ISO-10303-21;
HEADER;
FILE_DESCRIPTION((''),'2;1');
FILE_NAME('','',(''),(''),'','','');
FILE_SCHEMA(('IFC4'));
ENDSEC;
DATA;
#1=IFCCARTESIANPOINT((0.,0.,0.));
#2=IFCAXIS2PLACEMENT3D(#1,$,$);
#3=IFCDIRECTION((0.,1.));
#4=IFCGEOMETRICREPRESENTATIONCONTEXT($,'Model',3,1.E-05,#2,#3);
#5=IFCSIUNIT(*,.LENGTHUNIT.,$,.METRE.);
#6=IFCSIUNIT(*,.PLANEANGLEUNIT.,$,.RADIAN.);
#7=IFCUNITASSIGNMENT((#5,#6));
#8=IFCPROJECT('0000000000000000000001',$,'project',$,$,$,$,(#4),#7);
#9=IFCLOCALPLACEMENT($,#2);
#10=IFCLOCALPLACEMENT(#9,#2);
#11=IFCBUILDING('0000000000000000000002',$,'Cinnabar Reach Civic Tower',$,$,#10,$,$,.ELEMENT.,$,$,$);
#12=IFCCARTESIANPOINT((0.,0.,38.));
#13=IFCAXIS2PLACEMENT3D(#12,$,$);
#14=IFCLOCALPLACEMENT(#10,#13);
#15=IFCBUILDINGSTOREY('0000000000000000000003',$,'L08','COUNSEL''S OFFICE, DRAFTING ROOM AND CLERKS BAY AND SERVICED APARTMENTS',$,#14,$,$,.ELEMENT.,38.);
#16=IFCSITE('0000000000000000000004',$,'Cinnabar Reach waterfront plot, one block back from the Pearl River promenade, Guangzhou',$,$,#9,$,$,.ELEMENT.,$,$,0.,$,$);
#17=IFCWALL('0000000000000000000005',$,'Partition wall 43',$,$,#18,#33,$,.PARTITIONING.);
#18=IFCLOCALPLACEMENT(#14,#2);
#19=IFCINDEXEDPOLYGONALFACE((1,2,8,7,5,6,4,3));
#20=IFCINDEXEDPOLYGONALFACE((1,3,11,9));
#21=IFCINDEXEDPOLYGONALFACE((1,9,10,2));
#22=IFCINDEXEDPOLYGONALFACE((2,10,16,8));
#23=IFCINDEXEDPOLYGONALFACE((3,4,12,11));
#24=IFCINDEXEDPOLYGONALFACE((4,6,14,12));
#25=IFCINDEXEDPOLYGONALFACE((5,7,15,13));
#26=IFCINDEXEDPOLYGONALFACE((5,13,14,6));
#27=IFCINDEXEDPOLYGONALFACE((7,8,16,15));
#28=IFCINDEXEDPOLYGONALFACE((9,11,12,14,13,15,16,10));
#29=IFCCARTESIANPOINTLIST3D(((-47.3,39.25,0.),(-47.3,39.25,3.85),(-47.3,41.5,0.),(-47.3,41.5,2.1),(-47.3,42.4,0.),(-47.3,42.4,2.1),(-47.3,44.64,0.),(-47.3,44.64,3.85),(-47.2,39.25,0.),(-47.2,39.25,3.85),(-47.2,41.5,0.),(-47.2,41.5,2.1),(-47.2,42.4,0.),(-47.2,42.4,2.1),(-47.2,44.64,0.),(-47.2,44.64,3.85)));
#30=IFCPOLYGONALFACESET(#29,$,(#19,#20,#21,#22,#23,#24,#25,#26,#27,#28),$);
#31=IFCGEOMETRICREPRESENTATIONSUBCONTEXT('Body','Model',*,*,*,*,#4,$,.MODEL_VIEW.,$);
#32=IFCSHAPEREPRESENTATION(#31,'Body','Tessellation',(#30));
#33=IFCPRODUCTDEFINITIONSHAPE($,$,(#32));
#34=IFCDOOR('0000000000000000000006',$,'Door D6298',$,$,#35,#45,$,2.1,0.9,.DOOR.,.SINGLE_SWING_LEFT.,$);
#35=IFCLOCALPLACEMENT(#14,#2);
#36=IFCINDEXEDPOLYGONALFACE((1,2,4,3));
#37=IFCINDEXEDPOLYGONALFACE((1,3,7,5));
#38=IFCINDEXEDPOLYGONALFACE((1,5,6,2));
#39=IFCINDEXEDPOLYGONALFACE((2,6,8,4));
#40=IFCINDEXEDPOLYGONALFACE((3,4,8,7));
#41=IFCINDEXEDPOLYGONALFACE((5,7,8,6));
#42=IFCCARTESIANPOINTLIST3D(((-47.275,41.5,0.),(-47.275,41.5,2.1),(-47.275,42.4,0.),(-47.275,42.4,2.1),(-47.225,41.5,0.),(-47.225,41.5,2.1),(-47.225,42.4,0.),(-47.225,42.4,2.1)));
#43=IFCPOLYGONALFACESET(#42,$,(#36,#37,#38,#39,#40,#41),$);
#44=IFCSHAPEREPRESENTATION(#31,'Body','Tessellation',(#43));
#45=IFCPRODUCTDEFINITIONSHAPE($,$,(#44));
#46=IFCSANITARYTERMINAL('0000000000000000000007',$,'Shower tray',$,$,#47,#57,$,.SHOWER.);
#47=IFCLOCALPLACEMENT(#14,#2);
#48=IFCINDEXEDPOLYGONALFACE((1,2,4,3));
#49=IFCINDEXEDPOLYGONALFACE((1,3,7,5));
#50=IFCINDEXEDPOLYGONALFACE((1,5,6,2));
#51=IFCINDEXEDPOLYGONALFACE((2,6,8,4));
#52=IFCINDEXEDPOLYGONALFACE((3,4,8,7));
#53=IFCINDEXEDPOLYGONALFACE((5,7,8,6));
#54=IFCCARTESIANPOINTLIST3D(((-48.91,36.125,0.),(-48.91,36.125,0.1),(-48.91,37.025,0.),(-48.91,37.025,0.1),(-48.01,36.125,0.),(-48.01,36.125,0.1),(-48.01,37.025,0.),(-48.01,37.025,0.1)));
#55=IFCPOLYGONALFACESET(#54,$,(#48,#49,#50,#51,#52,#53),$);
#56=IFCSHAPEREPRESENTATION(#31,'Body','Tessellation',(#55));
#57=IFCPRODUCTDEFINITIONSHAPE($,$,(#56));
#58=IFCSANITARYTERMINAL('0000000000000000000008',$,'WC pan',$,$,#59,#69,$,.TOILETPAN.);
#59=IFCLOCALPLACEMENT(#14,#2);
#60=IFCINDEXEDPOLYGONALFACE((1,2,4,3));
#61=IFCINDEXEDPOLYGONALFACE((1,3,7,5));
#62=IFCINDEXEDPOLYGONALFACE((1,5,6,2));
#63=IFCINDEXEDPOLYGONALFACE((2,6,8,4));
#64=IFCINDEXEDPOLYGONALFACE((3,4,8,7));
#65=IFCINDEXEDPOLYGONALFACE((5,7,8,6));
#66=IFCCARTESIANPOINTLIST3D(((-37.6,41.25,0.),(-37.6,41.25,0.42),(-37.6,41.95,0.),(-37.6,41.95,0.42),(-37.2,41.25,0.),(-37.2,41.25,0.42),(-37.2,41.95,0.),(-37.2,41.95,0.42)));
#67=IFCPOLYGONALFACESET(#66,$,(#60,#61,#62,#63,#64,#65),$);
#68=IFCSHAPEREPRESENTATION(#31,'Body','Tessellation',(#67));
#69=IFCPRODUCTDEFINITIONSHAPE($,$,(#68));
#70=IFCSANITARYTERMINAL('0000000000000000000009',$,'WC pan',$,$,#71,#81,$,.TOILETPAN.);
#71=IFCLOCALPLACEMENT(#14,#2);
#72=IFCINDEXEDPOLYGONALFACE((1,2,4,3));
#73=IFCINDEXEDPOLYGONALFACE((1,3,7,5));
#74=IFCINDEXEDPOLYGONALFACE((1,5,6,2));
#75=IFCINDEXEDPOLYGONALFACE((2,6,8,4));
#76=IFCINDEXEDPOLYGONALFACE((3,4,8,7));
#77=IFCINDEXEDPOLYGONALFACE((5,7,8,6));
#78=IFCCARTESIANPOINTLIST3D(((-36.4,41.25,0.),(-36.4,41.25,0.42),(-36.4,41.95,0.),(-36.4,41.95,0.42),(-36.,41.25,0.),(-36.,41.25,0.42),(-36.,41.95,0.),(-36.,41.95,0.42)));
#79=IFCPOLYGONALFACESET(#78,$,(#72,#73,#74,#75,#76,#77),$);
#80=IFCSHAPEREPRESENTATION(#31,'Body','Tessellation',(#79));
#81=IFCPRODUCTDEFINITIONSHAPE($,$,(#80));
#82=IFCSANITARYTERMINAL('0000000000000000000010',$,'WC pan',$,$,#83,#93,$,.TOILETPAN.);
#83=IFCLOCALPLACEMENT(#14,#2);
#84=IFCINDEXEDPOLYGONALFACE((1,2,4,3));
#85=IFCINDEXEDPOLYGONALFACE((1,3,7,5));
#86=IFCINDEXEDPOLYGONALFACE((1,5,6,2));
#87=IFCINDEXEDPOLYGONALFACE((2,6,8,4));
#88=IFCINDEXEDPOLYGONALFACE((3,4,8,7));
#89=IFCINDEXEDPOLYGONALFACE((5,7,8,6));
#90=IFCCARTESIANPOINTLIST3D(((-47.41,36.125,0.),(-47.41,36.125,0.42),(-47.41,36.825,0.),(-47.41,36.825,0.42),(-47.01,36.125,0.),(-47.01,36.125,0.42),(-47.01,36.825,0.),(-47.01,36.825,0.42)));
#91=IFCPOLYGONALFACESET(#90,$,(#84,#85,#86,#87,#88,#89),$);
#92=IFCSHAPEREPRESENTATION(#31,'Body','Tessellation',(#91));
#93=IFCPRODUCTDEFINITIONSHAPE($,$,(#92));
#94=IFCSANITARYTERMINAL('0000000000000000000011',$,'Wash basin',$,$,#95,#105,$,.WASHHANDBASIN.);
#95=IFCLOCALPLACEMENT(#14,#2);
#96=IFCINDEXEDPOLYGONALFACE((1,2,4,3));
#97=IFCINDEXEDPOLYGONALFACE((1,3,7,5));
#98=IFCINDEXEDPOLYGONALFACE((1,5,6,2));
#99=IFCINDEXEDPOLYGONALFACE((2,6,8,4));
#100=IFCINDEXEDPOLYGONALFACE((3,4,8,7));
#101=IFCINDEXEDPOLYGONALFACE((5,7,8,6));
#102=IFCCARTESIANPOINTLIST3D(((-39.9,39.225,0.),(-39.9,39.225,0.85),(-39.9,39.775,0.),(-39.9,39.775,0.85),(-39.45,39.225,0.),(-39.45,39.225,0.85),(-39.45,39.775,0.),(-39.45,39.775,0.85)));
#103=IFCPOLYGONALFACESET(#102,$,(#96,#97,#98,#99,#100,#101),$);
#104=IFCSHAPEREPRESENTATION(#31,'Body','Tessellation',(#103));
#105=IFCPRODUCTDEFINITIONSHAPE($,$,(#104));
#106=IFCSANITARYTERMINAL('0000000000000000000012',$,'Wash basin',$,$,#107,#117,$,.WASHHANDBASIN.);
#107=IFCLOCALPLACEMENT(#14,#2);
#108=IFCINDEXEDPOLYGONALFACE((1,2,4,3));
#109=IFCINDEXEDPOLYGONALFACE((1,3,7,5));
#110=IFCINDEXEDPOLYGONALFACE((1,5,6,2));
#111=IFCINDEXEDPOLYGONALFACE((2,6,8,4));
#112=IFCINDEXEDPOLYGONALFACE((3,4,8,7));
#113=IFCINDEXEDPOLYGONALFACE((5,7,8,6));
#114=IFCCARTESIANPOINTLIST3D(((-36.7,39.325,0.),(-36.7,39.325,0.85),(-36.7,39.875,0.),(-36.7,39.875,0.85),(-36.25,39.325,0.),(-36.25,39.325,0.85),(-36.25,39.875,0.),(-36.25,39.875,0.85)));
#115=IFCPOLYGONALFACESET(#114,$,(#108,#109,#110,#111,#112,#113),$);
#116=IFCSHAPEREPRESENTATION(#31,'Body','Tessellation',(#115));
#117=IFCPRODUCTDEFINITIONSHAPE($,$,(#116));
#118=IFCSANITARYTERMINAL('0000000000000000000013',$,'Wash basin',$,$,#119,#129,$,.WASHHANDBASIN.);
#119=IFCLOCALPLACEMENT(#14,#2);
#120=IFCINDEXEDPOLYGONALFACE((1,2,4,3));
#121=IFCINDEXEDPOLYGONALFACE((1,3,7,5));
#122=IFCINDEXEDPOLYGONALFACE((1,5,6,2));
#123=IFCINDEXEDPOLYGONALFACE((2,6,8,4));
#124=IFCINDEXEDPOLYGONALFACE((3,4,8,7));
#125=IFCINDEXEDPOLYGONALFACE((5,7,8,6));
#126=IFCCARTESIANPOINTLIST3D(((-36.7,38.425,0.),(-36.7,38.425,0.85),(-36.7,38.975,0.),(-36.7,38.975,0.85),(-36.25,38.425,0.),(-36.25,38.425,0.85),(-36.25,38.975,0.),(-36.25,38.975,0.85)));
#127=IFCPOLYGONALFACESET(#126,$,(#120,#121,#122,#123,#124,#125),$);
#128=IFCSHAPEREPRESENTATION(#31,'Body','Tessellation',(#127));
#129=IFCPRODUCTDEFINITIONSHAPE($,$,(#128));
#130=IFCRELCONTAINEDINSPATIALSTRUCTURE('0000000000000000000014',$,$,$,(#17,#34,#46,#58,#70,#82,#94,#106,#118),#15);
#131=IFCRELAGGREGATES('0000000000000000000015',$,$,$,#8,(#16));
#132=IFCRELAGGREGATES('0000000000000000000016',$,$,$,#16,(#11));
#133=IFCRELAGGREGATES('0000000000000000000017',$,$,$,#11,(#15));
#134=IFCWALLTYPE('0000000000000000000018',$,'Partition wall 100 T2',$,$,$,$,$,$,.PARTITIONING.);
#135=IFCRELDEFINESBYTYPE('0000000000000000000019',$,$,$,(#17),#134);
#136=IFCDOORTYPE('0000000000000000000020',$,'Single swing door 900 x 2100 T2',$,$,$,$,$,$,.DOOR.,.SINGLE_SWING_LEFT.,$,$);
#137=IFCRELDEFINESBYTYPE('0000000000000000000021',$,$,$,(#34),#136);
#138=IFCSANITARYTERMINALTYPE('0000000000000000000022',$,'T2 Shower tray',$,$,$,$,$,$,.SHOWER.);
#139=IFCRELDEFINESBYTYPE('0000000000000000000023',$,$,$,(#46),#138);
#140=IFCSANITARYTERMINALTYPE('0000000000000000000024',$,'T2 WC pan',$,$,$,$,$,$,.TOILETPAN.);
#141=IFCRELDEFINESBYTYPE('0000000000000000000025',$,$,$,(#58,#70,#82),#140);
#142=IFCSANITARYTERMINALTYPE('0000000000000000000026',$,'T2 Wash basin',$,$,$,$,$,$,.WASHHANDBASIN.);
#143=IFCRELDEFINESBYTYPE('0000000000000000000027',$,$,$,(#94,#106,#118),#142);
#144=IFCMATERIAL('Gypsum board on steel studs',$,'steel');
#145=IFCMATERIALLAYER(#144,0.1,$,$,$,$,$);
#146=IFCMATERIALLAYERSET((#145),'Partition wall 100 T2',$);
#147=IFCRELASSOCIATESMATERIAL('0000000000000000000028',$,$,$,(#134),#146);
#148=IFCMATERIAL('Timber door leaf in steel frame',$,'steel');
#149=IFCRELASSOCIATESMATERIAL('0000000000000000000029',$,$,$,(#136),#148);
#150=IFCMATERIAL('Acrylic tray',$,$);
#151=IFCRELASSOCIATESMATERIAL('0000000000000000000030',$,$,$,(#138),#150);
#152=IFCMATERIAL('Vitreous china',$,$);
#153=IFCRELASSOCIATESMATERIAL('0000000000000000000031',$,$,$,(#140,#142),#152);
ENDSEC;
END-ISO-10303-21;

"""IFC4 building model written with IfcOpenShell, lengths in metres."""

from ifc_helpers import new_model, si_unit, direction, frame, frame_2d, origin, origin_2d, place, context, subcontext, project, spatial, rectangle, extrude, material, layer, layer_set, type_object, element, fill, save


model = new_model("IFC4")

# Units and contexts
model_context = context("Model", 3, precision=1e-05, world=origin(), true_north=direction((0.0, 1.0)))
body_context = subcontext(model_context, "Body", "Model", "MODEL_VIEW")
ifc_project = project(units=[si_unit("LENGTHUNIT", "METRE"), si_unit("PLANEANGLEUNIT", "RADIAN")], contexts=[model_context])

# Site, building, storey
site_placement = place(None, origin())
site = spatial("IfcSite", under=ifc_project, at=site_placement, Name="Cinnabar Reach waterfront plot, one block back from the Pearl River promenade, Guangzhou", CompositionType="ELEMENT", RefElevation=0.0)
building_placement = place(site_placement, origin())
building = spatial("IfcBuilding", under=site, at=building_placement, Name="Cinnabar Reach Civic Tower", CompositionType="ELEMENT")
storey_placement = place(building_placement, frame((0.0, 0.0, 38.0)))
storey = spatial("IfcBuildingStorey", under=building, at=storey_placement, Name="L08", Description="COUNSEL'S OFFICE, DRAFTING ROOM AND CLERKS BAY AND SERVICED APARTMENTS", CompositionType="ELEMENT", Elevation=38.0)

# Shared definitions
ifc_material_1 = material(Name="Gypsum board on steel studs", Category="steel")
ifc_layer_1 = layer(ifc_material_1, 0.1)
ifc_layer_set_1 = layer_set([ifc_layer_1], Name="Partition wall 100 T2")
wall_type_1 = type_object("IfcWallType", Name="Partition wall 100 T2", PredefinedType="PARTITIONING", material=ifc_layer_set_1)

# Wall, opening, door
wall_1_placement = place(storey_placement, frame((-47.25, 39.25, 0.0), z_axis=(0.0, 0.0, 1.0), x_axis=(0.0, 1.0, 0.0)))
wall_1 = element("IfcWall", 1, at=wall_1_placement, inside=storey, type_object=wall_type_1, Name="Partition wall 43", PredefinedType="PARTITIONING", context=body_context, shape_type="SweptSolid", body=[
    extrude(rectangle(XDim=5.39, YDim=0.1, at=frame_2d((2.695, 0.0))), origin(), (0.0, 0.0, 1.0), 3.85),
])
opening_1_placement = place(wall_1_placement, frame((2.25, 0.0, 0.0)))
opening_1 = element("IfcOpeningElement", 2, at=opening_1_placement, cuts=wall_1, PredefinedType="OPENING", context=body_context, shape_type="SweptSolid", body=[
    extrude(rectangle(XDim=0.9, YDim=2.1, at=frame_2d((0.45, 1.05))), frame((0.0, 0.06, 0.0), z_axis=(0.0, -1.0, 0.0), x_axis=(1.0, 0.0, 0.0)), (0.0, 0.0, 1.0), 0.12),
])
ifc_material_2 = material(Name="Timber door leaf in steel frame", Category="steel")
door_type_1 = type_object("IfcDoorType", Name="Single swing door 900 x 2100 T2", OperationType="SINGLE_SWING_LEFT", PredefinedType="DOOR", material=ifc_material_2)
door_1_placement = place(opening_1_placement, frame((0.9, 0.0, 0.0), z_axis=(0.0, 0.0, 1.0), x_axis=(-1.0, 0.0, 0.0)))
door_1 = element("IfcDoor", 3, at=door_1_placement, inside=storey, type_object=door_type_1, Name="Door D6298", OperationType="SINGLE_SWING_LEFT", OverallHeight=2.1, OverallWidth=0.9, PredefinedType="DOOR", context=body_context, shape_type="SweptSolid", body=[
    extrude(rectangle(XDim=0.9, YDim=2.1, at=frame_2d((0.45, 1.05))), frame((0.0, 0.025, 0.0), z_axis=(0.0, -1.0, 0.0), x_axis=(1.0, 0.0, 0.0)), (0.0, 0.0, 1.0), 0.05),
])
fill(opening_1, door_1)

# Sanitary terminals
ifc_material_3 = material(Name="Acrylic tray")
sanitary_terminal_type_1 = type_object("IfcSanitaryTerminalType", Name="T2 Shower tray", PredefinedType="SHOWER", material=ifc_material_3)
sanitary_terminal_placement = place(storey_placement, frame((-48.46, 36.575, 0.0), z_axis=(0.0, 0.0, 1.0), x_axis=(1.0, 0.0, 0.0)))
element("IfcSanitaryTerminal", 4, at=sanitary_terminal_placement, inside=storey, type_object=sanitary_terminal_type_1, Name="Shower tray", PredefinedType="SHOWER", context=body_context, shape_type="SweptSolid", body=[
    extrude(rectangle(XDim=0.9, YDim=0.9, at=origin_2d()), origin(), (0.0, 0.0, 1.0), 0.1),
])
ifc_material_4 = material(Name="Vitreous china")
sanitary_terminal_type_2 = type_object("IfcSanitaryTerminalType", Name="T2 WC pan", PredefinedType="TOILETPAN", material=ifc_material_4)
for number, where, z_axis, x_axis, name in (
    (5, (-37.4, 41.6, 0.0), (0.0, 0.0, 1.0), (1.0, 0.0, 0.0), "WC pan"),
    (6, (-36.2, 41.6, 0.0), (0.0, 0.0, 1.0), (1.0, 0.0, 0.0), "WC pan"),
    (7, (-47.21, 36.475, 0.0), (0.0, 0.0, 1.0), (1.0, 0.0, 0.0), "WC pan"),
):
    element("IfcSanitaryTerminal", number, at=place(storey_placement, frame(where, z_axis=z_axis, x_axis=x_axis)), inside=storey, type_object=sanitary_terminal_type_2, Name=name, PredefinedType="TOILETPAN", context=body_context, shape_type="SweptSolid", body=[
        extrude(rectangle(XDim=0.4, YDim=0.7, at=origin_2d()), origin(), (0.0, 0.0, 1.0), 0.42),
    ])
sanitary_terminal_type_3 = type_object("IfcSanitaryTerminalType", Name="T2 Wash basin", PredefinedType="WASHHANDBASIN", material=ifc_material_4)
for number, where, z_axis, x_axis, name in (
    (8, (-39.675, 39.5, 0.0), (0.0, 0.0, 1.0), (1.0, 0.0, 0.0), "Wash basin"),
    (9, (-36.475, 39.6, 0.0), (0.0, 0.0, 1.0), (1.0, 0.0, 0.0), "Wash basin"),
    (10, (-36.475, 38.7, 0.0), (0.0, 0.0, 1.0), (1.0, 0.0, 0.0), "Wash basin"),
):
    element("IfcSanitaryTerminal", number, at=place(storey_placement, frame(where, z_axis=z_axis, x_axis=x_axis)), inside=storey, type_object=sanitary_terminal_type_3, Name=name, PredefinedType="WASHHANDBASIN", context=body_context, shape_type="SweptSolid", body=[
        extrude(rectangle(XDim=0.45, YDim=0.55, at=origin_2d()), origin(), (0.0, 0.0, 1.0), 0.85),
    ])

save(model, "model.ifc")
